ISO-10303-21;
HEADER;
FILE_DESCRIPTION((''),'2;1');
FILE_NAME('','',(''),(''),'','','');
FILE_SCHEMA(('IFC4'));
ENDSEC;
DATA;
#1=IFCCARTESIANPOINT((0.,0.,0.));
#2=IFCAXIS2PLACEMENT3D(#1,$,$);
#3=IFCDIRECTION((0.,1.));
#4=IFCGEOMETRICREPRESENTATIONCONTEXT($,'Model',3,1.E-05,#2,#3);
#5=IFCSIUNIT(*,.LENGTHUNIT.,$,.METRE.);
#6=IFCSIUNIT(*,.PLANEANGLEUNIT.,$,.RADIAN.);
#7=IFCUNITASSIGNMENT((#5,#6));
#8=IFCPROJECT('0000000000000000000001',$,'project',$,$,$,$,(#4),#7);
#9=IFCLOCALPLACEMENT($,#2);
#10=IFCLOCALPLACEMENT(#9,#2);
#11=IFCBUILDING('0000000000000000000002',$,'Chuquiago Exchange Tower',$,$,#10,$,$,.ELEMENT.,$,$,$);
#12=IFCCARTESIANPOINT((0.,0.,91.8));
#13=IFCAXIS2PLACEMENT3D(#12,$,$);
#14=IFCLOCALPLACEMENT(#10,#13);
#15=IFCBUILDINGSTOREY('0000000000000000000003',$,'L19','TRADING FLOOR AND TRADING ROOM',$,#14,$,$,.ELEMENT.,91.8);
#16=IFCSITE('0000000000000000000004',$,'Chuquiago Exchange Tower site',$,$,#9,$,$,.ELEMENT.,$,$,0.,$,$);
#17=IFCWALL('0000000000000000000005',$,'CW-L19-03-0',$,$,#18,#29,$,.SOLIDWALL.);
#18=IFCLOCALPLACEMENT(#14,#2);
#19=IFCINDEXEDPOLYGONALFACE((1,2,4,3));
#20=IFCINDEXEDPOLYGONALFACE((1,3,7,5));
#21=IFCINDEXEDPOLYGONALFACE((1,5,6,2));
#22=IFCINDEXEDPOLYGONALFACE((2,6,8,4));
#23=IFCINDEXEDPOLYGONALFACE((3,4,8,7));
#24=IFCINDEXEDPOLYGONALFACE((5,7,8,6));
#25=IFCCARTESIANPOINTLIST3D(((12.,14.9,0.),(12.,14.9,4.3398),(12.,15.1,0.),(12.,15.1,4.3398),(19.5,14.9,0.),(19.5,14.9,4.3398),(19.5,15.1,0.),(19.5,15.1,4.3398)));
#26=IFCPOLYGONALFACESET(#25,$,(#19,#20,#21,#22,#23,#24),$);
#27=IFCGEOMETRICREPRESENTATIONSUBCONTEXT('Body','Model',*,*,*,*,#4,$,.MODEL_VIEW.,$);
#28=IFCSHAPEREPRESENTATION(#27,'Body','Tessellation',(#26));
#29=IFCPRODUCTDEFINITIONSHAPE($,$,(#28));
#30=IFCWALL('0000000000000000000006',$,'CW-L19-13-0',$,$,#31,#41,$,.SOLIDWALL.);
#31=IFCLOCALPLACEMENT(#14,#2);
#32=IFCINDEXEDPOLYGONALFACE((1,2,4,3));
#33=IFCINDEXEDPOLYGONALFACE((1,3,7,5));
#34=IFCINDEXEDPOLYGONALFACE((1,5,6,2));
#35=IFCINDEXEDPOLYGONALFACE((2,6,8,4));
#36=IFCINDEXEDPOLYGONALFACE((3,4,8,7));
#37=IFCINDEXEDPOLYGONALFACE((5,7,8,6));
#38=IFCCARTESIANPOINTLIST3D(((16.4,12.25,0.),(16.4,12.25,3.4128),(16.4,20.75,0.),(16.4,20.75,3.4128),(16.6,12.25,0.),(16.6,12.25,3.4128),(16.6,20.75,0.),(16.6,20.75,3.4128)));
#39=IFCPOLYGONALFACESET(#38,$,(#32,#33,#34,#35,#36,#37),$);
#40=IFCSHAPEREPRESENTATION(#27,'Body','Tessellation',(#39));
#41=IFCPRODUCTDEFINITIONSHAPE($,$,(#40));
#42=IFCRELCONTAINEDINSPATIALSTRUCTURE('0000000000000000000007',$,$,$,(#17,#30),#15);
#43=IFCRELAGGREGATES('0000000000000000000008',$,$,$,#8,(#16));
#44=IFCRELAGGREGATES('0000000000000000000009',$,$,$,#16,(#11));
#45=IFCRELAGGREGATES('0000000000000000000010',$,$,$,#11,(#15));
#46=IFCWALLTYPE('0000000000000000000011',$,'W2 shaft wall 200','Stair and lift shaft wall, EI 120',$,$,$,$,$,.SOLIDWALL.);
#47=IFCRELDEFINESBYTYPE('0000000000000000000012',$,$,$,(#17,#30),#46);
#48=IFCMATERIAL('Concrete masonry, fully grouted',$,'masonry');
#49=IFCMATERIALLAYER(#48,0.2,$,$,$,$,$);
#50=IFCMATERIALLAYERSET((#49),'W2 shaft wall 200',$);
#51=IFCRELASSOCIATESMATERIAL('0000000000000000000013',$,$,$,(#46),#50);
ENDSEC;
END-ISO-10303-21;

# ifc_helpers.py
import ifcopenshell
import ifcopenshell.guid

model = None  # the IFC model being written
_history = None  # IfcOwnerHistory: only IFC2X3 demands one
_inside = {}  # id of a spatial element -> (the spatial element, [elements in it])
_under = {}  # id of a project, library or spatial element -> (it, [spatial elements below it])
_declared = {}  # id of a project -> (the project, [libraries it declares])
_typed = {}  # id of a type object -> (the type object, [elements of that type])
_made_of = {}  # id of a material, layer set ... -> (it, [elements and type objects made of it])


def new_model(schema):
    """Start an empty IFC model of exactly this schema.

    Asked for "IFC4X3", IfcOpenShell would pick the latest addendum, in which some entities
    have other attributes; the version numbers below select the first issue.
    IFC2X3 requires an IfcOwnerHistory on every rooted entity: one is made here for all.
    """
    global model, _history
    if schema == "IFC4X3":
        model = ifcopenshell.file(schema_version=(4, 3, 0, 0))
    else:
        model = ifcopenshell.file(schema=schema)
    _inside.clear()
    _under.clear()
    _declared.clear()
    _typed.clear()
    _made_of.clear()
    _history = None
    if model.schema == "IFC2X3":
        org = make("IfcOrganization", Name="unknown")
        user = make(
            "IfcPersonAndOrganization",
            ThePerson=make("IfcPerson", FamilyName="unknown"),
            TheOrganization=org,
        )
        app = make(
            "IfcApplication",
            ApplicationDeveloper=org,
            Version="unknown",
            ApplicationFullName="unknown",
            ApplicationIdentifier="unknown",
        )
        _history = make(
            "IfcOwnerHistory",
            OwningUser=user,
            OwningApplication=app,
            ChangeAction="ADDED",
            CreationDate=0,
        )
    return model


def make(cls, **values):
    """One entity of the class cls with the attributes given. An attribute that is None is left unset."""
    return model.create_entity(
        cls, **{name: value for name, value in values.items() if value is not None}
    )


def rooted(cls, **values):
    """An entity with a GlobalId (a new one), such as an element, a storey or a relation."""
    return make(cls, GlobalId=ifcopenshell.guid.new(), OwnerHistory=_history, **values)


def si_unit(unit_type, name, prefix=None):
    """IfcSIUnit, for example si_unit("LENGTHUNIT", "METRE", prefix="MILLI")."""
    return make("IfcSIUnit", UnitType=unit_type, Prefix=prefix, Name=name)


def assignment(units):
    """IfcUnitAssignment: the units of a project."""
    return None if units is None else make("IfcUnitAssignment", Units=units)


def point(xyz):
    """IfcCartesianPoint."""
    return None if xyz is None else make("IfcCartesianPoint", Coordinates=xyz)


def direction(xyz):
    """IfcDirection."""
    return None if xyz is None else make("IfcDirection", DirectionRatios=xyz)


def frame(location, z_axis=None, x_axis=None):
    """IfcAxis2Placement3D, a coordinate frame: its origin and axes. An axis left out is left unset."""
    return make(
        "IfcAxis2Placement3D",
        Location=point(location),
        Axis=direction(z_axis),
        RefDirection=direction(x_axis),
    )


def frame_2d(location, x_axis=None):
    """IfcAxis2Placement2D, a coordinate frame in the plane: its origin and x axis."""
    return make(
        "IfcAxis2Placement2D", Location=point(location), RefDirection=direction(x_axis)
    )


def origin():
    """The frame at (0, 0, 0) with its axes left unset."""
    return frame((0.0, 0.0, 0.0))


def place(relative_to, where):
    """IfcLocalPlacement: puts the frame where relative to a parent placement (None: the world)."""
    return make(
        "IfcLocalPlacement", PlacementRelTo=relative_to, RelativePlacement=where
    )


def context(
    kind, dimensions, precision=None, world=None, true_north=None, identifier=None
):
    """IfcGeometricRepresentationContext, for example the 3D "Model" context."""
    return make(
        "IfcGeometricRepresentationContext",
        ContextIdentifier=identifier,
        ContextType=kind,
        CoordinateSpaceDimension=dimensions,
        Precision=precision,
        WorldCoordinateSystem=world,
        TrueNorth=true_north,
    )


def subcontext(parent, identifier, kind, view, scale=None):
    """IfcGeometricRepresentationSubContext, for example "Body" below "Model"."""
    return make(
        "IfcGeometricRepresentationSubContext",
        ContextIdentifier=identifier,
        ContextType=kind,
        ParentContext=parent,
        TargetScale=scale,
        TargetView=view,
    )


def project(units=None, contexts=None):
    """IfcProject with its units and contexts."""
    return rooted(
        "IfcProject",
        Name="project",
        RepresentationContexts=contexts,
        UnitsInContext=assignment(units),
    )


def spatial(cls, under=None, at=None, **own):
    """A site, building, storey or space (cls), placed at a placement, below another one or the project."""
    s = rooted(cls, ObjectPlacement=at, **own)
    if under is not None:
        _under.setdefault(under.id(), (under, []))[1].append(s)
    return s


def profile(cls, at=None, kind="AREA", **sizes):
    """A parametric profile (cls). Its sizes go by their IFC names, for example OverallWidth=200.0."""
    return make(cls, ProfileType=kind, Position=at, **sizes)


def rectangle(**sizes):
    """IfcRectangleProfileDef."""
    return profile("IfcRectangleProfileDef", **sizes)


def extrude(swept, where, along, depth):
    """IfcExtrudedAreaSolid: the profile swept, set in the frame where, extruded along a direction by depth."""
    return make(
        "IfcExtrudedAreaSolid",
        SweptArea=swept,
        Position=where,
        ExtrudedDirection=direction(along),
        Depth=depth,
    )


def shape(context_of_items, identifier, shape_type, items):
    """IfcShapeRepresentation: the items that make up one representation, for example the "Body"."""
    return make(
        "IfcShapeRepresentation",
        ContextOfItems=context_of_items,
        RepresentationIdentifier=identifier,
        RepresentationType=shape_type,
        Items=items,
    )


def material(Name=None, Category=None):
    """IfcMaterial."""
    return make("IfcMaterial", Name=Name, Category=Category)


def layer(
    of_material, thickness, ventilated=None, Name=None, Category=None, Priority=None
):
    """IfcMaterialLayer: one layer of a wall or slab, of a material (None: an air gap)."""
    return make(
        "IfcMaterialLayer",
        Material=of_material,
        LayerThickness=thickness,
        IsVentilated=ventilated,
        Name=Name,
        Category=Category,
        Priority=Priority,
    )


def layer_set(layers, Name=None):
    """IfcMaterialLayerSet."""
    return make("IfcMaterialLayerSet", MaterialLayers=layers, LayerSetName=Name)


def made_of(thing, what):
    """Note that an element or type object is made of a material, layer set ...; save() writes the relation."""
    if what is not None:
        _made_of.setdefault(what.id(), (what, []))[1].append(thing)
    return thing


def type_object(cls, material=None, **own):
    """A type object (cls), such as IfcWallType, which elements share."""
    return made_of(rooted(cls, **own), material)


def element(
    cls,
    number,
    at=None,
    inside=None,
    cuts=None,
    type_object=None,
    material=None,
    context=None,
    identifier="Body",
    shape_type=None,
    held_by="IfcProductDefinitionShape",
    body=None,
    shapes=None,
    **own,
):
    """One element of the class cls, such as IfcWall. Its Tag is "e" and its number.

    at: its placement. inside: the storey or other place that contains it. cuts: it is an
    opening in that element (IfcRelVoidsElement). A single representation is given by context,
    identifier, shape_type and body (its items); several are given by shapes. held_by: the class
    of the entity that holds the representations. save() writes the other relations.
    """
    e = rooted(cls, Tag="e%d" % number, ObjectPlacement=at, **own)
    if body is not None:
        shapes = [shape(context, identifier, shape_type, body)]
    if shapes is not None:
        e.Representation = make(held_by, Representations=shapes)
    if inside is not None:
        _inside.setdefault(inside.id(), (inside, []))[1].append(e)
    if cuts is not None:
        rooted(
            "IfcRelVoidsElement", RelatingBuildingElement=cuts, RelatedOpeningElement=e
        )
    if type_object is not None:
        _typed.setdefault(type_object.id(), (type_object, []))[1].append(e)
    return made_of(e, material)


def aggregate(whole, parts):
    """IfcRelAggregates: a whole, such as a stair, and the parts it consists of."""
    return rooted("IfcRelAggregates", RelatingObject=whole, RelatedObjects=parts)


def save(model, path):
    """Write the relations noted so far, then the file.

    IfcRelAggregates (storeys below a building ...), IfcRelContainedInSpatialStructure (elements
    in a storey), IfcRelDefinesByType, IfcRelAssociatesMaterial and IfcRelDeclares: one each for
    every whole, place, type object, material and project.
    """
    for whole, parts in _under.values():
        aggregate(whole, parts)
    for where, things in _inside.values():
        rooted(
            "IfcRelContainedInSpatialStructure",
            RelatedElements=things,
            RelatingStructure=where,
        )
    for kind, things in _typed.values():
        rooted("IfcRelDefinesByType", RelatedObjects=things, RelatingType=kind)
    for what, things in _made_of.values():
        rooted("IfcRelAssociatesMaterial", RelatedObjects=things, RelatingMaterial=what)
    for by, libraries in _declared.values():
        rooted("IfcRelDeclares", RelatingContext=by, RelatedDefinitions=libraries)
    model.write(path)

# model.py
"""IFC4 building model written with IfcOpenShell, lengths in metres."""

from ifc_helpers import new_model, si_unit, direction, frame, frame_2d, origin, place, context, subcontext, project, spatial, rectangle, extrude, material, layer, layer_set, type_object, element, save


model = new_model("IFC4")

# Units and contexts
model_context = context("Model", 3, precision=1e-05, world=origin(), true_north=direction((0.0, 1.0)))
body_context = subcontext(model_context, "Body", "Model", "MODEL_VIEW")
ifc_project = project(units=[si_unit("LENGTHUNIT", "METRE"), si_unit("PLANEANGLEUNIT", "RADIAN")], contexts=[model_context])

# Site, building, storey
site_placement = place(None, origin())
site = spatial("IfcSite", under=ifc_project, at=site_placement, Name="Chuquiago Exchange Tower site", CompositionType="ELEMENT", RefElevation=0.0)
building_placement = place(site_placement, origin())
building = spatial("IfcBuilding", under=site, at=building_placement, Name="Chuquiago Exchange Tower", CompositionType="ELEMENT")
storey_placement = place(building_placement, frame((0.0, 0.0, 91.8)))
storey = spatial("IfcBuildingStorey", under=building, at=storey_placement, Name="L19", Description="TRADING FLOOR AND TRADING ROOM", CompositionType="ELEMENT", Elevation=91.8)

# Walls
ifc_material_1 = material(Name="Concrete masonry, fully grouted", Category="masonry")
ifc_layer_1 = layer(ifc_material_1, 0.2)
ifc_layer_set_1 = layer_set([ifc_layer_1], Name="W2 shaft wall 200")
wall_type_1 = type_object("IfcWallType", Name="W2 shaft wall 200", Description="Stair and lift shaft wall, EI 120", PredefinedType="SOLIDWALL", material=ifc_layer_set_1)
wall_1_placement = place(storey_placement, frame((12.0, 15.0, 0.0), z_axis=(0.0, 0.0, 1.0), x_axis=(1.0, 0.0, 0.0)))
element("IfcWall", 1, at=wall_1_placement, inside=storey, type_object=wall_type_1, Name="CW-L19-03-0", PredefinedType="SOLIDWALL", context=body_context, shape_type="SweptSolid", body=[
    extrude(rectangle(XDim=7.5, YDim=0.2, at=frame_2d((3.75, 0.0))), origin(), (0.0, 0.0, 1.0), 4.3398),
])
wall_2_placement = place(storey_placement, frame((16.5, 12.25, 0.0), z_axis=(0.0, 0.0, 1.0), x_axis=(0.0, 1.0, 0.0)))
element("IfcWall", 2, at=wall_2_placement, inside=storey, type_object=wall_type_1, Name="CW-L19-13-0", PredefinedType="SOLIDWALL", context=body_context, shape_type="SweptSolid", body=[
    extrude(rectangle(XDim=8.5, YDim=0.2, at=frame_2d((4.25, 0.0))), origin(), (0.0, 0.0, 1.0), 3.4128),
])

save(model, "model.ifc")
